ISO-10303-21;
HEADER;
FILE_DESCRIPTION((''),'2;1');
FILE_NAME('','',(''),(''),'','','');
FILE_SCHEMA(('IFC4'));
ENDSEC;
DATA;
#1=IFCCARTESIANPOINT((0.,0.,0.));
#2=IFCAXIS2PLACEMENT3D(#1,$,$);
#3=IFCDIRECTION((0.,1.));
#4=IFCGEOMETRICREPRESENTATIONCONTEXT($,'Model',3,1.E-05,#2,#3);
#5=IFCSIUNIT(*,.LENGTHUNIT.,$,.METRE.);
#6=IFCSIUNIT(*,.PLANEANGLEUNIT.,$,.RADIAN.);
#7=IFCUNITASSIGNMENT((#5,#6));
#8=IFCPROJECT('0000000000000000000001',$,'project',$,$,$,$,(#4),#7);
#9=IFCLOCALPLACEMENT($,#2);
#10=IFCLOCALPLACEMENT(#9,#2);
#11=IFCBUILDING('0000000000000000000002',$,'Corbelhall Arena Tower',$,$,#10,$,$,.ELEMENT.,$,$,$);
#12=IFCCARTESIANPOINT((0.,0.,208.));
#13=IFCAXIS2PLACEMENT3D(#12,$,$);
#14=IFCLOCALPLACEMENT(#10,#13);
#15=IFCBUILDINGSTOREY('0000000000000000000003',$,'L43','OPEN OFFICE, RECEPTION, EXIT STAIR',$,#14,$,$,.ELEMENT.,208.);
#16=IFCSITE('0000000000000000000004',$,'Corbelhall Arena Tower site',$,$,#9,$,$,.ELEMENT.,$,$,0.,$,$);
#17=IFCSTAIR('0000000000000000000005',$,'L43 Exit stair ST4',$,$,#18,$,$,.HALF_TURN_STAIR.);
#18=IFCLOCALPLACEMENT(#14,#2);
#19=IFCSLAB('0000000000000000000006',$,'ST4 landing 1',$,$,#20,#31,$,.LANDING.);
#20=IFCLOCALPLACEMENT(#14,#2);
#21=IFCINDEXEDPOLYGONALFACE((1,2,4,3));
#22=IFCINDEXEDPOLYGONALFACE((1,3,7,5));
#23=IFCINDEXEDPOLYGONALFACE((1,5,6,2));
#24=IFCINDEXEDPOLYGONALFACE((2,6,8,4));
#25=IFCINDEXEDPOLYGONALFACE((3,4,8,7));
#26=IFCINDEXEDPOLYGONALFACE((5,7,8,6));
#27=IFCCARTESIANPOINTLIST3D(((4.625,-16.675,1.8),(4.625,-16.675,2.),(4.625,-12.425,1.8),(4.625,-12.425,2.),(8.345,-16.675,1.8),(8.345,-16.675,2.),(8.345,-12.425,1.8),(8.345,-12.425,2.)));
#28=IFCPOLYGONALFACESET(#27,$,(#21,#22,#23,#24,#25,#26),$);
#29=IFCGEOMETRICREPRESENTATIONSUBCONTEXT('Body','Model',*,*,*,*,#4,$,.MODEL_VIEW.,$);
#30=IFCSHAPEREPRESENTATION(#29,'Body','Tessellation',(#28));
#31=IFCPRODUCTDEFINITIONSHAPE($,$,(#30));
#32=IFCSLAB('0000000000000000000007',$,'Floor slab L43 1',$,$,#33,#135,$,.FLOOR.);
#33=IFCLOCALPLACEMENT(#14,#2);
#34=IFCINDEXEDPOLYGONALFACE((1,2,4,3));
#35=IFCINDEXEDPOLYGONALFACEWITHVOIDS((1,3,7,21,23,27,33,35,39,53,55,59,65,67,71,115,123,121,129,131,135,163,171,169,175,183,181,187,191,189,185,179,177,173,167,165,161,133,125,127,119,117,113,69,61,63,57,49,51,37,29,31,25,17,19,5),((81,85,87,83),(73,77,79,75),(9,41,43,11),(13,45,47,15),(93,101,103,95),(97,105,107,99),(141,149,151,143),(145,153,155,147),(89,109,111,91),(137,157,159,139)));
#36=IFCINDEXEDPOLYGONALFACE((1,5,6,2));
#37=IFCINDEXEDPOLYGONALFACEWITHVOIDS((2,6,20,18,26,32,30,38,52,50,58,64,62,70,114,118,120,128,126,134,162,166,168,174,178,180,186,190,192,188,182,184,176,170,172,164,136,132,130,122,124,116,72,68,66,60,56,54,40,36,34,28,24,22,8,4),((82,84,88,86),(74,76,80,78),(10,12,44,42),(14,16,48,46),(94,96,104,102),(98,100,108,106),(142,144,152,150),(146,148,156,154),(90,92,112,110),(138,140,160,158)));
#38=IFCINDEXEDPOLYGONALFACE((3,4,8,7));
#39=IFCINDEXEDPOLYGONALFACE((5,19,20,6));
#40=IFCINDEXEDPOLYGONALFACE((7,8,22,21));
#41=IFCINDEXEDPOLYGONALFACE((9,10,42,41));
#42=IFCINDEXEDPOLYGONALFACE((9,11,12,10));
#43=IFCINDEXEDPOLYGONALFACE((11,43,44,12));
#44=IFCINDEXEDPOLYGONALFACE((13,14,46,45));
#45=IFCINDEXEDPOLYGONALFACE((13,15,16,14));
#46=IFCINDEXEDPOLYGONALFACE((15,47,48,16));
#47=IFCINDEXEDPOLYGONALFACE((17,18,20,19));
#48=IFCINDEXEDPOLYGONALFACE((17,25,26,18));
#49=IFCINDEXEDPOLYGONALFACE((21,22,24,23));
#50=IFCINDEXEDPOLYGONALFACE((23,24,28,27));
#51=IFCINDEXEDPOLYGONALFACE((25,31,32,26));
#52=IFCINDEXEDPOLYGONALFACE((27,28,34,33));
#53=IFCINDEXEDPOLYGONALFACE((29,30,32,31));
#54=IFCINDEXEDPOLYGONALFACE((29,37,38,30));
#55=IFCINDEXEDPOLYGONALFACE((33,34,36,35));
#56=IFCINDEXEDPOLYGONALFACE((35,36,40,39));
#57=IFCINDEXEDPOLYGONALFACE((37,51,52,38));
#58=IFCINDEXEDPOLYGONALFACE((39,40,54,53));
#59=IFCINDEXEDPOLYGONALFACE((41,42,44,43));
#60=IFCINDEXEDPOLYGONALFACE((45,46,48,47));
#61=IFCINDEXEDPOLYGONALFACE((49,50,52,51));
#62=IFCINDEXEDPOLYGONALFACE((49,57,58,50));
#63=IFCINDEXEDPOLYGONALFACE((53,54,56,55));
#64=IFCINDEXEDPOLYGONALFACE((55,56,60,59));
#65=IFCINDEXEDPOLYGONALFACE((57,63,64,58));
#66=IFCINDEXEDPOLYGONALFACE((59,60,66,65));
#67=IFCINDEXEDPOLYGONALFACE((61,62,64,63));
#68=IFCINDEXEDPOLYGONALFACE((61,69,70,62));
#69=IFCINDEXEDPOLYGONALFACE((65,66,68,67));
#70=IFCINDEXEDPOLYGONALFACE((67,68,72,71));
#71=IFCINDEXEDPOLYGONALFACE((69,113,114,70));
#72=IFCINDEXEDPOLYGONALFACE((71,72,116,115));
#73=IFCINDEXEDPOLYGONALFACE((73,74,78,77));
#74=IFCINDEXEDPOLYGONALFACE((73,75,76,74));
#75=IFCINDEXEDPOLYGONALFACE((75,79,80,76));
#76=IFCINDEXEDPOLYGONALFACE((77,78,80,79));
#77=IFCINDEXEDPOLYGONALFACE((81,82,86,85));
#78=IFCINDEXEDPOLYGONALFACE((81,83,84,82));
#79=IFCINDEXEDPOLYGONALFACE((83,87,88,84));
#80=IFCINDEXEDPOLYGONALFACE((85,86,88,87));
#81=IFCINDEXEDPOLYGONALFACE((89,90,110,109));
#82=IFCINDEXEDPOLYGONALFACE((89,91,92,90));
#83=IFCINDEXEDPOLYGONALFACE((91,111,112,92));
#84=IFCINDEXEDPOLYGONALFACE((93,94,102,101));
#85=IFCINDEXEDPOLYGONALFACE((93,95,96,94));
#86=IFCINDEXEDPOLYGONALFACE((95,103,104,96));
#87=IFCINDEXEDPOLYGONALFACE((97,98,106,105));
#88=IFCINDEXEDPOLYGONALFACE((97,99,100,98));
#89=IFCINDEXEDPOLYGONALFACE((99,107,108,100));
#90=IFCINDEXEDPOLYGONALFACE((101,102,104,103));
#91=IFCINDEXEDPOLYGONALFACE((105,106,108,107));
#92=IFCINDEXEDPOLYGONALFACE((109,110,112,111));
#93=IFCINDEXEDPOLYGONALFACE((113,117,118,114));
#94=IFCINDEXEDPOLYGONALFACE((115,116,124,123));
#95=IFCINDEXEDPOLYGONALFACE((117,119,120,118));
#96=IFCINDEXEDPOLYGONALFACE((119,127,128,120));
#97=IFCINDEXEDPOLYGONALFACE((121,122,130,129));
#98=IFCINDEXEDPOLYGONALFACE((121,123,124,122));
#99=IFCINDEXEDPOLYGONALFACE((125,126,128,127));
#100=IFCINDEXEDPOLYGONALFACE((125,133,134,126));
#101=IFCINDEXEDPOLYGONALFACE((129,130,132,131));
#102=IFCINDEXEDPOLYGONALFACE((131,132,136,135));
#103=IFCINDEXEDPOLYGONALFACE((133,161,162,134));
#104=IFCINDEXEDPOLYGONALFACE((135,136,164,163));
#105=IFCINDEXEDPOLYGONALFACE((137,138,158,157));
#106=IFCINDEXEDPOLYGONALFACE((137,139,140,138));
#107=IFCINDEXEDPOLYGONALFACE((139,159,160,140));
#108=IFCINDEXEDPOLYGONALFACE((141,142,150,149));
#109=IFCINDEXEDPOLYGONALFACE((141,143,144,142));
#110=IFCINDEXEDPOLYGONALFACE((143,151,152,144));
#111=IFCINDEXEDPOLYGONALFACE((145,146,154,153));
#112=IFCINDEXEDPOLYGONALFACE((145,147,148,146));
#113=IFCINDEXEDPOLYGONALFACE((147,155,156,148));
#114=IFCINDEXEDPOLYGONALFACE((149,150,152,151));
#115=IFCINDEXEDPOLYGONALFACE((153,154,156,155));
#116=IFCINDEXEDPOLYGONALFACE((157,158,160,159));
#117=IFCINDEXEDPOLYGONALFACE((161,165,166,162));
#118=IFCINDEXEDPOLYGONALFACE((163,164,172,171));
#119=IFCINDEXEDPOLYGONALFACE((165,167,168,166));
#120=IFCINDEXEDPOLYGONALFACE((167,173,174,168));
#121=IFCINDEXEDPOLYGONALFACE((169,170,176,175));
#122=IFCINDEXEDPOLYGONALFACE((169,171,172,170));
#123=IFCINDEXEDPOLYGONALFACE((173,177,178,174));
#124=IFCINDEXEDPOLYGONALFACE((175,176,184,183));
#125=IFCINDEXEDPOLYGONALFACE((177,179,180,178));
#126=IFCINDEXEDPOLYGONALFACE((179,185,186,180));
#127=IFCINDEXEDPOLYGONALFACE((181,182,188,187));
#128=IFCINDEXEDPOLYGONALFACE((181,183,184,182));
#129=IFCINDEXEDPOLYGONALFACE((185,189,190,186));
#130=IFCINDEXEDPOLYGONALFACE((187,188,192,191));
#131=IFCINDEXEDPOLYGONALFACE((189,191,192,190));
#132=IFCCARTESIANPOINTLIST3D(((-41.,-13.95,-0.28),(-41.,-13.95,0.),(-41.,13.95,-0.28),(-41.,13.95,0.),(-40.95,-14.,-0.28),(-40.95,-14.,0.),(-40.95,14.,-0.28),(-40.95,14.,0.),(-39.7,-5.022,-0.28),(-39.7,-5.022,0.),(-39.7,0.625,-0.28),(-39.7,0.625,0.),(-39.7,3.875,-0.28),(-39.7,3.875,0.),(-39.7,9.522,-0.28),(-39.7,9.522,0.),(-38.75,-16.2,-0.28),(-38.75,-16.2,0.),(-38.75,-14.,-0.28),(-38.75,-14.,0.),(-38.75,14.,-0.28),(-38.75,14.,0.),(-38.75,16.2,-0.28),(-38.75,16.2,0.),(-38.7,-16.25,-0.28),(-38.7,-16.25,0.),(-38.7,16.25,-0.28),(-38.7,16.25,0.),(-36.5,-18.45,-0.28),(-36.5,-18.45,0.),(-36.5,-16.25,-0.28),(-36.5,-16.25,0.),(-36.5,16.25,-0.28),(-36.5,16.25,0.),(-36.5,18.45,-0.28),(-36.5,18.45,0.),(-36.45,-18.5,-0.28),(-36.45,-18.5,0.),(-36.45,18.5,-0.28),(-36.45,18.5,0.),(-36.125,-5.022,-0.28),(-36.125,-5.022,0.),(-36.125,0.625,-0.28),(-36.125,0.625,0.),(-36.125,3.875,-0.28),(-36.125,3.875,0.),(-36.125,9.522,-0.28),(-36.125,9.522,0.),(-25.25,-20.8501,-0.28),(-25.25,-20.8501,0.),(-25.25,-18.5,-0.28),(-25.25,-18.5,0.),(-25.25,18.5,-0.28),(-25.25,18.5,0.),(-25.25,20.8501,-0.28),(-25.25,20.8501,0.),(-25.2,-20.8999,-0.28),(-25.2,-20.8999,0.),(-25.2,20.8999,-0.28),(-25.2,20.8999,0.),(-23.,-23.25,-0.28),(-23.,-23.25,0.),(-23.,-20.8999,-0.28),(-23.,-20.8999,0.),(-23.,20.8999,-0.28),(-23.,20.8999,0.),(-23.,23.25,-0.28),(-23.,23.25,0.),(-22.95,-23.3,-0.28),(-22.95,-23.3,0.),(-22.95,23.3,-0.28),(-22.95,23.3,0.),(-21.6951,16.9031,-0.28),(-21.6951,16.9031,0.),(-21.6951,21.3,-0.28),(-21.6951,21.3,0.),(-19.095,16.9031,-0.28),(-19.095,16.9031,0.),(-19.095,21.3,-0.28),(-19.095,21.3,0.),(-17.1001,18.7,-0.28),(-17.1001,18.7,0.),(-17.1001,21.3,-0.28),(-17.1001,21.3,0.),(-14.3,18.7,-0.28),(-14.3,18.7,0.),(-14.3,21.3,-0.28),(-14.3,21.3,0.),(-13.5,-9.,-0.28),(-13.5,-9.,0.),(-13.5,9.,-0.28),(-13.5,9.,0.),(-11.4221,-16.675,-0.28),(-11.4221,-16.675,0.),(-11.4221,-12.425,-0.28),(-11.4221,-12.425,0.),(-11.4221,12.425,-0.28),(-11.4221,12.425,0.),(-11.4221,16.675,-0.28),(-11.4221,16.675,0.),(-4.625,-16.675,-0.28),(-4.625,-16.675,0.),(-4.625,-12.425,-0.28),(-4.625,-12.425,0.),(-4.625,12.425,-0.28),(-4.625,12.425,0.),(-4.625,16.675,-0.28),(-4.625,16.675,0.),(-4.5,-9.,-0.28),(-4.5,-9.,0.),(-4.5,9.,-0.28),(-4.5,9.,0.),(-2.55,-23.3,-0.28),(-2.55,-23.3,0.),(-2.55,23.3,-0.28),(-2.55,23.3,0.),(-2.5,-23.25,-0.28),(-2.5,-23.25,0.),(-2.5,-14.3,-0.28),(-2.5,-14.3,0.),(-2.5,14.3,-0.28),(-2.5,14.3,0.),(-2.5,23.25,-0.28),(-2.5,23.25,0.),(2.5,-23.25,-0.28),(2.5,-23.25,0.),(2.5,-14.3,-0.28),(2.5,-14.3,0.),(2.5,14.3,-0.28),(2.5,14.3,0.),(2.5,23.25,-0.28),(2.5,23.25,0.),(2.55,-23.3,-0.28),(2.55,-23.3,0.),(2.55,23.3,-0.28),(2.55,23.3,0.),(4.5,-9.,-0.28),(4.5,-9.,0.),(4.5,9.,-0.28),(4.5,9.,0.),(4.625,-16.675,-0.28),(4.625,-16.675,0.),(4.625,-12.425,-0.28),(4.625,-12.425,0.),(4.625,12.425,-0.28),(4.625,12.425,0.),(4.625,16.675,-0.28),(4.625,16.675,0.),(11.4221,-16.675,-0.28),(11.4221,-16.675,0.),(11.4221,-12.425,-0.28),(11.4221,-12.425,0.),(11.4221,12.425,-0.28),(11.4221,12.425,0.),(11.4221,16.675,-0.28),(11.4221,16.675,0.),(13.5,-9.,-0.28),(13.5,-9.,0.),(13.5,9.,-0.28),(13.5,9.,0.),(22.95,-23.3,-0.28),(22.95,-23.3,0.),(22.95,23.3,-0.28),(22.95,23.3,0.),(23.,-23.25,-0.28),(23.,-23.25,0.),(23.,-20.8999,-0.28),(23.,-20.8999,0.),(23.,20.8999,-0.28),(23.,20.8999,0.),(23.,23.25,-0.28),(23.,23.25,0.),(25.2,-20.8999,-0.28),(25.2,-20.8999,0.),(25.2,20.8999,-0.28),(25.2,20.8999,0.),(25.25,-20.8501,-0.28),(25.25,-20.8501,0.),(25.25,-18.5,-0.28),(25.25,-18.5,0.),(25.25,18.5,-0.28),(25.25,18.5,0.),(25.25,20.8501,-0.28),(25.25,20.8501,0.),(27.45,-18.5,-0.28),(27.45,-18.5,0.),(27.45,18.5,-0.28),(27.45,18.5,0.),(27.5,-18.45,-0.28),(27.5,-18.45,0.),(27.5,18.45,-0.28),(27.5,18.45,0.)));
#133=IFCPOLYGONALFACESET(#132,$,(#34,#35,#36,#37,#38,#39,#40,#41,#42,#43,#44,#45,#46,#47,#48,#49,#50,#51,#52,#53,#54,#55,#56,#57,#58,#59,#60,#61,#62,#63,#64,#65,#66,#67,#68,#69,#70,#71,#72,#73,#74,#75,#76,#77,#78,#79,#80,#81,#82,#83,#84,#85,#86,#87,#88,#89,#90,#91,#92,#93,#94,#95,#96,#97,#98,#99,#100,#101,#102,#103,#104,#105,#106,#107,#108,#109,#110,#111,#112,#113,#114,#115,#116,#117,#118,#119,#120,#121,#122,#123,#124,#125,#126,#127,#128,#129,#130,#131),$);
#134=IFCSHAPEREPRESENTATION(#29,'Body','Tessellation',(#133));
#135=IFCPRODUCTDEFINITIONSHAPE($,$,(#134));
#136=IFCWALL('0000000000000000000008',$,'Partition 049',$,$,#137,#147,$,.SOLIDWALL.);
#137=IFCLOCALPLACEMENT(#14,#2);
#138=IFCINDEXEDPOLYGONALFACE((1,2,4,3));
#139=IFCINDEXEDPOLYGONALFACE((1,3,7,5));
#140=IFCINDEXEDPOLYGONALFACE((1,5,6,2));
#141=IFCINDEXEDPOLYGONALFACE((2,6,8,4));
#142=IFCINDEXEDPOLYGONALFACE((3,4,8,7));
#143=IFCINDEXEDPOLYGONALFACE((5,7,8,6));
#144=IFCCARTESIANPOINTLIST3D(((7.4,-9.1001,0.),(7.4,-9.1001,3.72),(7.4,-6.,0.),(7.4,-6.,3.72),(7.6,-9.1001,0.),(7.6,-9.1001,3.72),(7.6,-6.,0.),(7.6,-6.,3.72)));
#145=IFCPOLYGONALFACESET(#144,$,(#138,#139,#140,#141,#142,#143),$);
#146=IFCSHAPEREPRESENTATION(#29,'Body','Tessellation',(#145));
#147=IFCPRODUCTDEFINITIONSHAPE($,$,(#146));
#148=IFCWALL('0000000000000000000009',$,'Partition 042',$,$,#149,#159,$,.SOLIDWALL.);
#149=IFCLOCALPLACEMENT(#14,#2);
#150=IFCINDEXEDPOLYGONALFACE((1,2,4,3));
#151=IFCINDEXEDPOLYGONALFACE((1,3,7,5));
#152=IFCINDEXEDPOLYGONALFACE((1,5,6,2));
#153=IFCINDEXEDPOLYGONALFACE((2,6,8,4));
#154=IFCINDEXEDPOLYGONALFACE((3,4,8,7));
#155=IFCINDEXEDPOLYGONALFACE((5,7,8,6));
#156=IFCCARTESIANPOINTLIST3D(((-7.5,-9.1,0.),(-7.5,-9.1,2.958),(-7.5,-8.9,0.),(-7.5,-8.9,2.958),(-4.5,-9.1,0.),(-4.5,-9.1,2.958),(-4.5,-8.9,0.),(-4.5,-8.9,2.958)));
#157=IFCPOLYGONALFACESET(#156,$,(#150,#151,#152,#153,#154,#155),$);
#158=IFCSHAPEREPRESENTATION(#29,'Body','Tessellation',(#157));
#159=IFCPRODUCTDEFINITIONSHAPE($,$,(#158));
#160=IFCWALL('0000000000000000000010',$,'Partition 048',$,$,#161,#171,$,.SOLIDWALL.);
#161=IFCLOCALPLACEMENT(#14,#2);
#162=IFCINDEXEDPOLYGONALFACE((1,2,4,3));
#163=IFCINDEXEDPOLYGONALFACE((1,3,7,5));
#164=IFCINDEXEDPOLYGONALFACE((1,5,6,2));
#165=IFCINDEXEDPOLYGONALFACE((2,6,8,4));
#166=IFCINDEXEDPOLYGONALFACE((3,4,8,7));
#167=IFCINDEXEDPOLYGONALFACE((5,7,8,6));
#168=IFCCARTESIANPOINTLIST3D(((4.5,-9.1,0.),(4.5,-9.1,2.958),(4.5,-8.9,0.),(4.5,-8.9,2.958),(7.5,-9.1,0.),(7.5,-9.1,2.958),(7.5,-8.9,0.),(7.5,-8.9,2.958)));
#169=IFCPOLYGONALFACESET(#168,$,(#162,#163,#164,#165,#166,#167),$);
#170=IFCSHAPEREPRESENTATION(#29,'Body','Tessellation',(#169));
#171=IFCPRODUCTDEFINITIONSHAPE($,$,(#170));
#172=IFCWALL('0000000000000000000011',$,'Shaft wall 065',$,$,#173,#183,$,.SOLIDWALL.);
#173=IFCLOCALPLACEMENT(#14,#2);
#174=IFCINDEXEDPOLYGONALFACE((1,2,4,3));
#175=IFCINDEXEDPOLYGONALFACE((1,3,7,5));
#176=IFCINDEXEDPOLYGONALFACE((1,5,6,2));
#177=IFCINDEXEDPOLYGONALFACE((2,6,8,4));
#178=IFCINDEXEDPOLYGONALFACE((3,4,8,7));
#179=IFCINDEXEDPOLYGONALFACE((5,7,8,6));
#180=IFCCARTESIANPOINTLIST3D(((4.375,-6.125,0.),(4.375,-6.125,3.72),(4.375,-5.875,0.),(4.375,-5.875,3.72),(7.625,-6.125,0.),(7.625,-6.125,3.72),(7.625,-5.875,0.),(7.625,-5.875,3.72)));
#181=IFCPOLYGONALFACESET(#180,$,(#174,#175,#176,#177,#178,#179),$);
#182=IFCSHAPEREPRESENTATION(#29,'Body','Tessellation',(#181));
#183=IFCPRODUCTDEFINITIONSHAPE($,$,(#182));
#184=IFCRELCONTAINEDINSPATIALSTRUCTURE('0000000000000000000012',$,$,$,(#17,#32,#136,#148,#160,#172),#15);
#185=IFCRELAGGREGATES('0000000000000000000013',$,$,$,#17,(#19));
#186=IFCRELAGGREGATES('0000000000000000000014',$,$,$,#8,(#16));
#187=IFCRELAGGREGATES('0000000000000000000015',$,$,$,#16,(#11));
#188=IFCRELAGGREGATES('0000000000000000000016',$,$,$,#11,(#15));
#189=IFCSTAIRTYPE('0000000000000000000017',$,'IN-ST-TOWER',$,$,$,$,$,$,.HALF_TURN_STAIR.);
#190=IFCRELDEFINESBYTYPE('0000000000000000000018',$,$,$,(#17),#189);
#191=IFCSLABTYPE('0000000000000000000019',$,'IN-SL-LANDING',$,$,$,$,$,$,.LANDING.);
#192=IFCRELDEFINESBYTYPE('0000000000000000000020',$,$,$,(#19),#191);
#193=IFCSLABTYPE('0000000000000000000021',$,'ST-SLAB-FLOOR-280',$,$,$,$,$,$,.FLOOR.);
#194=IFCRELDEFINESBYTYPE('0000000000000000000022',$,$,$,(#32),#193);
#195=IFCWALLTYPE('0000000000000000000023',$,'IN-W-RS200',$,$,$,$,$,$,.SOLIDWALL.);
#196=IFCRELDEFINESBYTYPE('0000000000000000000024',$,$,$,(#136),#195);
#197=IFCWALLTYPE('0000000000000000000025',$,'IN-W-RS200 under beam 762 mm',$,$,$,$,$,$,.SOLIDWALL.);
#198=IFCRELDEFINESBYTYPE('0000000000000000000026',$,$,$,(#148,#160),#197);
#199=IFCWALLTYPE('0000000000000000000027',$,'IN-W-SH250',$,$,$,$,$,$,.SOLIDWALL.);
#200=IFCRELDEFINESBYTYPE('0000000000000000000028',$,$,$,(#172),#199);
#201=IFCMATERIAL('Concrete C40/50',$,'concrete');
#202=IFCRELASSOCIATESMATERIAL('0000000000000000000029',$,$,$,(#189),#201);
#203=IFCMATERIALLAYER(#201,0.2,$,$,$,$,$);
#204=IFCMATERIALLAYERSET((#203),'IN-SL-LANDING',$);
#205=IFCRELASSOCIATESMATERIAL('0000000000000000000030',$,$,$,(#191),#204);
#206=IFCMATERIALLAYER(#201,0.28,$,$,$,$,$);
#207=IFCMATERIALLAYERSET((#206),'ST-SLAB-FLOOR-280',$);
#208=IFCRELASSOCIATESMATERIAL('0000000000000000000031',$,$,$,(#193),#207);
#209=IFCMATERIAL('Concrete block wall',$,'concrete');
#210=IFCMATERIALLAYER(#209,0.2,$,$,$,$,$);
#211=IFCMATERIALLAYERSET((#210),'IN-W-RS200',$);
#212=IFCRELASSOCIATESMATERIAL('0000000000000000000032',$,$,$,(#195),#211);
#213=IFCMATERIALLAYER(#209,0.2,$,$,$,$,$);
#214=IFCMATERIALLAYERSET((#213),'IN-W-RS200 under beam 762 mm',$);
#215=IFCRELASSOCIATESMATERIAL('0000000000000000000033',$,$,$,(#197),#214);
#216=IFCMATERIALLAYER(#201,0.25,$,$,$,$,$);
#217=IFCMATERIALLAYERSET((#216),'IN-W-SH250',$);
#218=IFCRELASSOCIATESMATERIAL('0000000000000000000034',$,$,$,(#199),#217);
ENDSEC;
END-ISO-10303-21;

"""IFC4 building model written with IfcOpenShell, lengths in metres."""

from ifc_helpers import new_model, si_unit, direction, frame, frame_2d, origin, place, context, subcontext, project, spatial, polyline, rectangle, outline, extrude, material, layer, layer_set, type_object, element, aggregate, save


model = new_model("IFC4")

# Units and contexts
model_context = context("Model", 3, precision=1e-05, world=origin(), true_north=direction((0.0, 1.0)))
body_context = subcontext(model_context, "Body", "Model", "MODEL_VIEW")
ifc_project = project(units=[si_unit("LENGTHUNIT", "METRE"), si_unit("PLANEANGLEUNIT", "RADIAN")], contexts=[model_context])

# Site, building, storey
site_placement = place(None, origin())
site = spatial("IfcSite", under=ifc_project, at=site_placement, Name="Corbelhall Arena Tower site", CompositionType="ELEMENT", RefElevation=0.0)
building_placement = place(site_placement, origin())
building = spatial("IfcBuilding", under=site, at=building_placement, Name="Corbelhall Arena Tower", CompositionType="ELEMENT")
storey_placement = place(building_placement, frame((0.0, 0.0, 208.0)))
storey = spatial("IfcBuildingStorey", under=building, at=storey_placement, Name="L43", Description="OPEN OFFICE, RECEPTION, EXIT STAIR", CompositionType="ELEMENT", Elevation=208.0)

# Shared definitions
ifc_material_1 = material(Name="Concrete C40/50", Category="concrete")

# Stair, slab
stair_type = type_object("IfcStairType", Name="IN-ST-TOWER", PredefinedType="HALF_TURN_STAIR", material=ifc_material_1)
ifc_layer_1 = layer(ifc_material_1, 0.2)
ifc_layer_set_1 = layer_set([ifc_layer_1], Name="IN-SL-LANDING")
slab_type_1 = type_object("IfcSlabType", Name="IN-SL-LANDING", PredefinedType="LANDING", material=ifc_layer_set_1)
stair_1_placement = place(storey_placement, origin())
stair_1 = element("IfcStair", 1, at=stair_1_placement, inside=storey, type_object=stair_type, Name="L43 Exit stair ST4", PredefinedType="HALF_TURN_STAIR")
slab_1_placement = place(storey_placement, frame((0.0, 0.0, 1.8)))
slab_1 = element("IfcSlab", 2, at=slab_1_placement, type_object=slab_type_1, Name="ST4 landing 1", PredefinedType="LANDING", context=body_context, shape_type="SweptSolid", body=[
    extrude(outline(polyline([(8.345, -12.425), (4.625, -12.425), (4.625, -16.675), (8.345, -16.675), (8.345, -12.425)])), origin(), (0.0, 0.0, 1.0), 0.2),
])
aggregate(stair_1, [slab_1])

# Slab
ifc_layer_2 = layer(ifc_material_1, 0.28)
ifc_layer_set_2 = layer_set([ifc_layer_2], Name="ST-SLAB-FLOOR-280")
slab_type_2 = type_object("IfcSlabType", Name="ST-SLAB-FLOOR-280", PredefinedType="FLOOR", material=ifc_layer_set_2)
slab_2_placement = place(storey_placement, frame((0.0, 0.0, -0.28)))
element("IfcSlab", 3, at=slab_2_placement, inside=storey, type_object=slab_type_2, Name="Floor slab L43 1", PredefinedType="FLOOR", context=body_context, shape_type="SweptSolid", body=[
    extrude(outline(polyline([(23.0, 23.25), (22.95, 23.3), (2.55, 23.3), (2.5, 23.25), (2.5, 14.3), (-2.5, 14.3), (-2.5, 23.25), (-2.55, 23.3), (-22.95, 23.3), (-23.0, 23.25), (-23.0, 20.8999), (-25.2, 20.8999), (-25.25, 20.8501), (-25.25, 18.5), (-36.45, 18.5), (-36.5, 18.45), (-36.5, 16.25), (-38.7, 16.25), (-38.75, 16.2), (-38.75, 14.0), (-40.95, 14.0), (-41.0, 13.95), (-41.0, -13.95), (-40.95, -14.0), (-38.75, -14.0), (-38.75, -16.2), (-38.7, -16.25), (-36.5, -16.25), (-36.5, -18.45), (-36.45, -18.5), (-25.25, -18.5), (-25.25, -20.8501), (-25.2, -20.8999), (-23.0, -20.8999), (-23.0, -23.25), (-22.95, -23.3), (-2.55, -23.3), (-2.5, -23.25), (-2.5, -14.3), (2.5, -14.3), (2.5, -23.25), (2.55, -23.3), (22.95, -23.3), (23.0, -23.25), (23.0, -20.8999), (25.2, -20.8999), (25.25, -20.8501), (25.25, -18.5), (27.45, -18.5), (27.5, -18.45), (27.5, 18.45), (27.45, 18.5), (25.25, 18.5), (25.25, 20.8501), (25.2, 20.8999), (23.0, 20.8999), (23.0, 23.25)]), holes=[polyline([(-4.5, -9.0), (-4.5, 9.0), (-13.5, 9.0), (-13.5, -9.0), (-4.5, -9.0)]), polyline([(13.5, -9.0), (13.5, 9.0), (4.5, 9.0), (4.5, -9.0), (13.5, -9.0)]), polyline([(-11.4221, 12.425), (-4.625, 12.425), (-4.625, 16.675), (-11.4221, 16.675), (-11.4221, 12.425)]), polyline([(-11.4221, -12.425), (-11.4221, -16.675), (-4.625, -16.675), (-4.625, -12.425), (-11.4221, -12.425)]), polyline([(4.625, 12.425), (11.4221, 12.425), (11.4221, 16.675), (4.625, 16.675), (4.625, 12.425)]), polyline([(4.625, -12.425), (4.625, -16.675), (11.4221, -16.675), (11.4221, -12.425), (4.625, -12.425)]), polyline([(-39.7, 9.522), (-39.7, 3.875), (-36.125, 3.875), (-36.125, 9.522), (-39.7, 9.522)]), polyline([(-39.7, -5.022), (-36.125, -5.022), (-36.125, 0.625), (-39.7, 0.625), (-39.7, -5.022)]), polyline([(-21.6951, 21.3), (-21.6951, 16.9031), (-19.095, 16.9031), (-19.095, 21.3), (-21.6951, 21.3)]), polyline([(-14.3, 21.3), (-17.1001, 21.3), (-17.1001, 18.7), (-14.3, 18.7), (-14.3, 21.3)])]), origin(), (0.0, 0.0, 1.0), 0.28),
])

# Walls
ifc_material_2 = material(Name="Concrete block wall", Category="concrete")
ifc_layer_3 = layer(ifc_material_2, 0.2)
ifc_layer_set_3 = layer_set([ifc_layer_3], Name="IN-W-RS200")
wall_type_1 = type_object("IfcWallType", Name="IN-W-RS200", PredefinedType="SOLIDWALL", material=ifc_layer_set_3)
wall_1_placement = place(storey_placement, frame((7.5, -6.0, 0.0), z_axis=(0.0, 0.0, 1.0), x_axis=(0.0, -1.0, 0.0)))
element("IfcWall", 4, at=wall_1_placement, inside=storey, type_object=wall_type_1, Name="Partition 049", PredefinedType="SOLIDWALL", context=body_context, shape_type="SweptSolid", body=[
    extrude(rectangle(XDim=3.1001, YDim=0.2, at=frame_2d((1.55, 0.0))), origin(), (0.0, 0.0, 1.0), 3.72),
])
ifc_layer_4 = layer(ifc_material_2, 0.2)
ifc_layer_set_4 = layer_set([ifc_layer_4], Name="IN-W-RS200 under beam 762 mm")
wall_type_2 = type_object("IfcWallType", Name="IN-W-RS200 under beam 762 mm", PredefinedType="SOLIDWALL", material=ifc_layer_set_4)
wall_2_placement = place(storey_placement, frame((-4.5, -9.0, 0.0), z_axis=(0.0, 0.0, 1.0), x_axis=(-1.0, 0.0, 0.0)))
element("IfcWall", 5, at=wall_2_placement, inside=storey, type_object=wall_type_2, Name="Partition 042", PredefinedType="SOLIDWALL", context=body_context, shape_type="SweptSolid", body=[
    extrude(rectangle(XDim=3.0, YDim=0.2, at=frame_2d((1.5, 0.0))), origin(), (0.0, 0.0, 1.0), 2.958),
])

# Walls
wall_3_placement = place(storey_placement, frame((7.5, -9.0, 0.0), z_axis=(0.0, 0.0, 1.0), x_axis=(-1.0, 0.0, 0.0)))
element("IfcWall", 6, at=wall_3_placement, inside=storey, type_object=wall_type_2, Name="Partition 048", PredefinedType="SOLIDWALL", context=body_context, shape_type="SweptSolid", body=[
    extrude(rectangle(XDim=3.0, YDim=0.2, at=frame_2d((1.5, 0.0))), origin(), (0.0, 0.0, 1.0), 2.958),
])
ifc_layer_5 = layer(ifc_material_1, 0.25)
ifc_layer_set_5 = layer_set([ifc_layer_5], Name="IN-W-SH250")
wall_type_3 = type_object("IfcWallType", Name="IN-W-SH250", PredefinedType="SOLIDWALL", material=ifc_layer_set_5)
wall_4_placement = place(storey_placement, frame((4.375, -6.0, 0.0), z_axis=(0.0, 0.0, 1.0), x_axis=(1.0, 0.0, 0.0)))
element("IfcWall", 7, at=wall_4_placement, inside=storey, type_object=wall_type_3, Name="Shaft wall 065", PredefinedType="SOLIDWALL", context=body_context, shape_type="SweptSolid", body=[
    extrude(rectangle(XDim=3.25, YDim=0.25, at=frame_2d((1.625, 0.0))), origin(), (0.0, 0.0, 1.0), 3.72),
])

save(model, "model.ifc")
